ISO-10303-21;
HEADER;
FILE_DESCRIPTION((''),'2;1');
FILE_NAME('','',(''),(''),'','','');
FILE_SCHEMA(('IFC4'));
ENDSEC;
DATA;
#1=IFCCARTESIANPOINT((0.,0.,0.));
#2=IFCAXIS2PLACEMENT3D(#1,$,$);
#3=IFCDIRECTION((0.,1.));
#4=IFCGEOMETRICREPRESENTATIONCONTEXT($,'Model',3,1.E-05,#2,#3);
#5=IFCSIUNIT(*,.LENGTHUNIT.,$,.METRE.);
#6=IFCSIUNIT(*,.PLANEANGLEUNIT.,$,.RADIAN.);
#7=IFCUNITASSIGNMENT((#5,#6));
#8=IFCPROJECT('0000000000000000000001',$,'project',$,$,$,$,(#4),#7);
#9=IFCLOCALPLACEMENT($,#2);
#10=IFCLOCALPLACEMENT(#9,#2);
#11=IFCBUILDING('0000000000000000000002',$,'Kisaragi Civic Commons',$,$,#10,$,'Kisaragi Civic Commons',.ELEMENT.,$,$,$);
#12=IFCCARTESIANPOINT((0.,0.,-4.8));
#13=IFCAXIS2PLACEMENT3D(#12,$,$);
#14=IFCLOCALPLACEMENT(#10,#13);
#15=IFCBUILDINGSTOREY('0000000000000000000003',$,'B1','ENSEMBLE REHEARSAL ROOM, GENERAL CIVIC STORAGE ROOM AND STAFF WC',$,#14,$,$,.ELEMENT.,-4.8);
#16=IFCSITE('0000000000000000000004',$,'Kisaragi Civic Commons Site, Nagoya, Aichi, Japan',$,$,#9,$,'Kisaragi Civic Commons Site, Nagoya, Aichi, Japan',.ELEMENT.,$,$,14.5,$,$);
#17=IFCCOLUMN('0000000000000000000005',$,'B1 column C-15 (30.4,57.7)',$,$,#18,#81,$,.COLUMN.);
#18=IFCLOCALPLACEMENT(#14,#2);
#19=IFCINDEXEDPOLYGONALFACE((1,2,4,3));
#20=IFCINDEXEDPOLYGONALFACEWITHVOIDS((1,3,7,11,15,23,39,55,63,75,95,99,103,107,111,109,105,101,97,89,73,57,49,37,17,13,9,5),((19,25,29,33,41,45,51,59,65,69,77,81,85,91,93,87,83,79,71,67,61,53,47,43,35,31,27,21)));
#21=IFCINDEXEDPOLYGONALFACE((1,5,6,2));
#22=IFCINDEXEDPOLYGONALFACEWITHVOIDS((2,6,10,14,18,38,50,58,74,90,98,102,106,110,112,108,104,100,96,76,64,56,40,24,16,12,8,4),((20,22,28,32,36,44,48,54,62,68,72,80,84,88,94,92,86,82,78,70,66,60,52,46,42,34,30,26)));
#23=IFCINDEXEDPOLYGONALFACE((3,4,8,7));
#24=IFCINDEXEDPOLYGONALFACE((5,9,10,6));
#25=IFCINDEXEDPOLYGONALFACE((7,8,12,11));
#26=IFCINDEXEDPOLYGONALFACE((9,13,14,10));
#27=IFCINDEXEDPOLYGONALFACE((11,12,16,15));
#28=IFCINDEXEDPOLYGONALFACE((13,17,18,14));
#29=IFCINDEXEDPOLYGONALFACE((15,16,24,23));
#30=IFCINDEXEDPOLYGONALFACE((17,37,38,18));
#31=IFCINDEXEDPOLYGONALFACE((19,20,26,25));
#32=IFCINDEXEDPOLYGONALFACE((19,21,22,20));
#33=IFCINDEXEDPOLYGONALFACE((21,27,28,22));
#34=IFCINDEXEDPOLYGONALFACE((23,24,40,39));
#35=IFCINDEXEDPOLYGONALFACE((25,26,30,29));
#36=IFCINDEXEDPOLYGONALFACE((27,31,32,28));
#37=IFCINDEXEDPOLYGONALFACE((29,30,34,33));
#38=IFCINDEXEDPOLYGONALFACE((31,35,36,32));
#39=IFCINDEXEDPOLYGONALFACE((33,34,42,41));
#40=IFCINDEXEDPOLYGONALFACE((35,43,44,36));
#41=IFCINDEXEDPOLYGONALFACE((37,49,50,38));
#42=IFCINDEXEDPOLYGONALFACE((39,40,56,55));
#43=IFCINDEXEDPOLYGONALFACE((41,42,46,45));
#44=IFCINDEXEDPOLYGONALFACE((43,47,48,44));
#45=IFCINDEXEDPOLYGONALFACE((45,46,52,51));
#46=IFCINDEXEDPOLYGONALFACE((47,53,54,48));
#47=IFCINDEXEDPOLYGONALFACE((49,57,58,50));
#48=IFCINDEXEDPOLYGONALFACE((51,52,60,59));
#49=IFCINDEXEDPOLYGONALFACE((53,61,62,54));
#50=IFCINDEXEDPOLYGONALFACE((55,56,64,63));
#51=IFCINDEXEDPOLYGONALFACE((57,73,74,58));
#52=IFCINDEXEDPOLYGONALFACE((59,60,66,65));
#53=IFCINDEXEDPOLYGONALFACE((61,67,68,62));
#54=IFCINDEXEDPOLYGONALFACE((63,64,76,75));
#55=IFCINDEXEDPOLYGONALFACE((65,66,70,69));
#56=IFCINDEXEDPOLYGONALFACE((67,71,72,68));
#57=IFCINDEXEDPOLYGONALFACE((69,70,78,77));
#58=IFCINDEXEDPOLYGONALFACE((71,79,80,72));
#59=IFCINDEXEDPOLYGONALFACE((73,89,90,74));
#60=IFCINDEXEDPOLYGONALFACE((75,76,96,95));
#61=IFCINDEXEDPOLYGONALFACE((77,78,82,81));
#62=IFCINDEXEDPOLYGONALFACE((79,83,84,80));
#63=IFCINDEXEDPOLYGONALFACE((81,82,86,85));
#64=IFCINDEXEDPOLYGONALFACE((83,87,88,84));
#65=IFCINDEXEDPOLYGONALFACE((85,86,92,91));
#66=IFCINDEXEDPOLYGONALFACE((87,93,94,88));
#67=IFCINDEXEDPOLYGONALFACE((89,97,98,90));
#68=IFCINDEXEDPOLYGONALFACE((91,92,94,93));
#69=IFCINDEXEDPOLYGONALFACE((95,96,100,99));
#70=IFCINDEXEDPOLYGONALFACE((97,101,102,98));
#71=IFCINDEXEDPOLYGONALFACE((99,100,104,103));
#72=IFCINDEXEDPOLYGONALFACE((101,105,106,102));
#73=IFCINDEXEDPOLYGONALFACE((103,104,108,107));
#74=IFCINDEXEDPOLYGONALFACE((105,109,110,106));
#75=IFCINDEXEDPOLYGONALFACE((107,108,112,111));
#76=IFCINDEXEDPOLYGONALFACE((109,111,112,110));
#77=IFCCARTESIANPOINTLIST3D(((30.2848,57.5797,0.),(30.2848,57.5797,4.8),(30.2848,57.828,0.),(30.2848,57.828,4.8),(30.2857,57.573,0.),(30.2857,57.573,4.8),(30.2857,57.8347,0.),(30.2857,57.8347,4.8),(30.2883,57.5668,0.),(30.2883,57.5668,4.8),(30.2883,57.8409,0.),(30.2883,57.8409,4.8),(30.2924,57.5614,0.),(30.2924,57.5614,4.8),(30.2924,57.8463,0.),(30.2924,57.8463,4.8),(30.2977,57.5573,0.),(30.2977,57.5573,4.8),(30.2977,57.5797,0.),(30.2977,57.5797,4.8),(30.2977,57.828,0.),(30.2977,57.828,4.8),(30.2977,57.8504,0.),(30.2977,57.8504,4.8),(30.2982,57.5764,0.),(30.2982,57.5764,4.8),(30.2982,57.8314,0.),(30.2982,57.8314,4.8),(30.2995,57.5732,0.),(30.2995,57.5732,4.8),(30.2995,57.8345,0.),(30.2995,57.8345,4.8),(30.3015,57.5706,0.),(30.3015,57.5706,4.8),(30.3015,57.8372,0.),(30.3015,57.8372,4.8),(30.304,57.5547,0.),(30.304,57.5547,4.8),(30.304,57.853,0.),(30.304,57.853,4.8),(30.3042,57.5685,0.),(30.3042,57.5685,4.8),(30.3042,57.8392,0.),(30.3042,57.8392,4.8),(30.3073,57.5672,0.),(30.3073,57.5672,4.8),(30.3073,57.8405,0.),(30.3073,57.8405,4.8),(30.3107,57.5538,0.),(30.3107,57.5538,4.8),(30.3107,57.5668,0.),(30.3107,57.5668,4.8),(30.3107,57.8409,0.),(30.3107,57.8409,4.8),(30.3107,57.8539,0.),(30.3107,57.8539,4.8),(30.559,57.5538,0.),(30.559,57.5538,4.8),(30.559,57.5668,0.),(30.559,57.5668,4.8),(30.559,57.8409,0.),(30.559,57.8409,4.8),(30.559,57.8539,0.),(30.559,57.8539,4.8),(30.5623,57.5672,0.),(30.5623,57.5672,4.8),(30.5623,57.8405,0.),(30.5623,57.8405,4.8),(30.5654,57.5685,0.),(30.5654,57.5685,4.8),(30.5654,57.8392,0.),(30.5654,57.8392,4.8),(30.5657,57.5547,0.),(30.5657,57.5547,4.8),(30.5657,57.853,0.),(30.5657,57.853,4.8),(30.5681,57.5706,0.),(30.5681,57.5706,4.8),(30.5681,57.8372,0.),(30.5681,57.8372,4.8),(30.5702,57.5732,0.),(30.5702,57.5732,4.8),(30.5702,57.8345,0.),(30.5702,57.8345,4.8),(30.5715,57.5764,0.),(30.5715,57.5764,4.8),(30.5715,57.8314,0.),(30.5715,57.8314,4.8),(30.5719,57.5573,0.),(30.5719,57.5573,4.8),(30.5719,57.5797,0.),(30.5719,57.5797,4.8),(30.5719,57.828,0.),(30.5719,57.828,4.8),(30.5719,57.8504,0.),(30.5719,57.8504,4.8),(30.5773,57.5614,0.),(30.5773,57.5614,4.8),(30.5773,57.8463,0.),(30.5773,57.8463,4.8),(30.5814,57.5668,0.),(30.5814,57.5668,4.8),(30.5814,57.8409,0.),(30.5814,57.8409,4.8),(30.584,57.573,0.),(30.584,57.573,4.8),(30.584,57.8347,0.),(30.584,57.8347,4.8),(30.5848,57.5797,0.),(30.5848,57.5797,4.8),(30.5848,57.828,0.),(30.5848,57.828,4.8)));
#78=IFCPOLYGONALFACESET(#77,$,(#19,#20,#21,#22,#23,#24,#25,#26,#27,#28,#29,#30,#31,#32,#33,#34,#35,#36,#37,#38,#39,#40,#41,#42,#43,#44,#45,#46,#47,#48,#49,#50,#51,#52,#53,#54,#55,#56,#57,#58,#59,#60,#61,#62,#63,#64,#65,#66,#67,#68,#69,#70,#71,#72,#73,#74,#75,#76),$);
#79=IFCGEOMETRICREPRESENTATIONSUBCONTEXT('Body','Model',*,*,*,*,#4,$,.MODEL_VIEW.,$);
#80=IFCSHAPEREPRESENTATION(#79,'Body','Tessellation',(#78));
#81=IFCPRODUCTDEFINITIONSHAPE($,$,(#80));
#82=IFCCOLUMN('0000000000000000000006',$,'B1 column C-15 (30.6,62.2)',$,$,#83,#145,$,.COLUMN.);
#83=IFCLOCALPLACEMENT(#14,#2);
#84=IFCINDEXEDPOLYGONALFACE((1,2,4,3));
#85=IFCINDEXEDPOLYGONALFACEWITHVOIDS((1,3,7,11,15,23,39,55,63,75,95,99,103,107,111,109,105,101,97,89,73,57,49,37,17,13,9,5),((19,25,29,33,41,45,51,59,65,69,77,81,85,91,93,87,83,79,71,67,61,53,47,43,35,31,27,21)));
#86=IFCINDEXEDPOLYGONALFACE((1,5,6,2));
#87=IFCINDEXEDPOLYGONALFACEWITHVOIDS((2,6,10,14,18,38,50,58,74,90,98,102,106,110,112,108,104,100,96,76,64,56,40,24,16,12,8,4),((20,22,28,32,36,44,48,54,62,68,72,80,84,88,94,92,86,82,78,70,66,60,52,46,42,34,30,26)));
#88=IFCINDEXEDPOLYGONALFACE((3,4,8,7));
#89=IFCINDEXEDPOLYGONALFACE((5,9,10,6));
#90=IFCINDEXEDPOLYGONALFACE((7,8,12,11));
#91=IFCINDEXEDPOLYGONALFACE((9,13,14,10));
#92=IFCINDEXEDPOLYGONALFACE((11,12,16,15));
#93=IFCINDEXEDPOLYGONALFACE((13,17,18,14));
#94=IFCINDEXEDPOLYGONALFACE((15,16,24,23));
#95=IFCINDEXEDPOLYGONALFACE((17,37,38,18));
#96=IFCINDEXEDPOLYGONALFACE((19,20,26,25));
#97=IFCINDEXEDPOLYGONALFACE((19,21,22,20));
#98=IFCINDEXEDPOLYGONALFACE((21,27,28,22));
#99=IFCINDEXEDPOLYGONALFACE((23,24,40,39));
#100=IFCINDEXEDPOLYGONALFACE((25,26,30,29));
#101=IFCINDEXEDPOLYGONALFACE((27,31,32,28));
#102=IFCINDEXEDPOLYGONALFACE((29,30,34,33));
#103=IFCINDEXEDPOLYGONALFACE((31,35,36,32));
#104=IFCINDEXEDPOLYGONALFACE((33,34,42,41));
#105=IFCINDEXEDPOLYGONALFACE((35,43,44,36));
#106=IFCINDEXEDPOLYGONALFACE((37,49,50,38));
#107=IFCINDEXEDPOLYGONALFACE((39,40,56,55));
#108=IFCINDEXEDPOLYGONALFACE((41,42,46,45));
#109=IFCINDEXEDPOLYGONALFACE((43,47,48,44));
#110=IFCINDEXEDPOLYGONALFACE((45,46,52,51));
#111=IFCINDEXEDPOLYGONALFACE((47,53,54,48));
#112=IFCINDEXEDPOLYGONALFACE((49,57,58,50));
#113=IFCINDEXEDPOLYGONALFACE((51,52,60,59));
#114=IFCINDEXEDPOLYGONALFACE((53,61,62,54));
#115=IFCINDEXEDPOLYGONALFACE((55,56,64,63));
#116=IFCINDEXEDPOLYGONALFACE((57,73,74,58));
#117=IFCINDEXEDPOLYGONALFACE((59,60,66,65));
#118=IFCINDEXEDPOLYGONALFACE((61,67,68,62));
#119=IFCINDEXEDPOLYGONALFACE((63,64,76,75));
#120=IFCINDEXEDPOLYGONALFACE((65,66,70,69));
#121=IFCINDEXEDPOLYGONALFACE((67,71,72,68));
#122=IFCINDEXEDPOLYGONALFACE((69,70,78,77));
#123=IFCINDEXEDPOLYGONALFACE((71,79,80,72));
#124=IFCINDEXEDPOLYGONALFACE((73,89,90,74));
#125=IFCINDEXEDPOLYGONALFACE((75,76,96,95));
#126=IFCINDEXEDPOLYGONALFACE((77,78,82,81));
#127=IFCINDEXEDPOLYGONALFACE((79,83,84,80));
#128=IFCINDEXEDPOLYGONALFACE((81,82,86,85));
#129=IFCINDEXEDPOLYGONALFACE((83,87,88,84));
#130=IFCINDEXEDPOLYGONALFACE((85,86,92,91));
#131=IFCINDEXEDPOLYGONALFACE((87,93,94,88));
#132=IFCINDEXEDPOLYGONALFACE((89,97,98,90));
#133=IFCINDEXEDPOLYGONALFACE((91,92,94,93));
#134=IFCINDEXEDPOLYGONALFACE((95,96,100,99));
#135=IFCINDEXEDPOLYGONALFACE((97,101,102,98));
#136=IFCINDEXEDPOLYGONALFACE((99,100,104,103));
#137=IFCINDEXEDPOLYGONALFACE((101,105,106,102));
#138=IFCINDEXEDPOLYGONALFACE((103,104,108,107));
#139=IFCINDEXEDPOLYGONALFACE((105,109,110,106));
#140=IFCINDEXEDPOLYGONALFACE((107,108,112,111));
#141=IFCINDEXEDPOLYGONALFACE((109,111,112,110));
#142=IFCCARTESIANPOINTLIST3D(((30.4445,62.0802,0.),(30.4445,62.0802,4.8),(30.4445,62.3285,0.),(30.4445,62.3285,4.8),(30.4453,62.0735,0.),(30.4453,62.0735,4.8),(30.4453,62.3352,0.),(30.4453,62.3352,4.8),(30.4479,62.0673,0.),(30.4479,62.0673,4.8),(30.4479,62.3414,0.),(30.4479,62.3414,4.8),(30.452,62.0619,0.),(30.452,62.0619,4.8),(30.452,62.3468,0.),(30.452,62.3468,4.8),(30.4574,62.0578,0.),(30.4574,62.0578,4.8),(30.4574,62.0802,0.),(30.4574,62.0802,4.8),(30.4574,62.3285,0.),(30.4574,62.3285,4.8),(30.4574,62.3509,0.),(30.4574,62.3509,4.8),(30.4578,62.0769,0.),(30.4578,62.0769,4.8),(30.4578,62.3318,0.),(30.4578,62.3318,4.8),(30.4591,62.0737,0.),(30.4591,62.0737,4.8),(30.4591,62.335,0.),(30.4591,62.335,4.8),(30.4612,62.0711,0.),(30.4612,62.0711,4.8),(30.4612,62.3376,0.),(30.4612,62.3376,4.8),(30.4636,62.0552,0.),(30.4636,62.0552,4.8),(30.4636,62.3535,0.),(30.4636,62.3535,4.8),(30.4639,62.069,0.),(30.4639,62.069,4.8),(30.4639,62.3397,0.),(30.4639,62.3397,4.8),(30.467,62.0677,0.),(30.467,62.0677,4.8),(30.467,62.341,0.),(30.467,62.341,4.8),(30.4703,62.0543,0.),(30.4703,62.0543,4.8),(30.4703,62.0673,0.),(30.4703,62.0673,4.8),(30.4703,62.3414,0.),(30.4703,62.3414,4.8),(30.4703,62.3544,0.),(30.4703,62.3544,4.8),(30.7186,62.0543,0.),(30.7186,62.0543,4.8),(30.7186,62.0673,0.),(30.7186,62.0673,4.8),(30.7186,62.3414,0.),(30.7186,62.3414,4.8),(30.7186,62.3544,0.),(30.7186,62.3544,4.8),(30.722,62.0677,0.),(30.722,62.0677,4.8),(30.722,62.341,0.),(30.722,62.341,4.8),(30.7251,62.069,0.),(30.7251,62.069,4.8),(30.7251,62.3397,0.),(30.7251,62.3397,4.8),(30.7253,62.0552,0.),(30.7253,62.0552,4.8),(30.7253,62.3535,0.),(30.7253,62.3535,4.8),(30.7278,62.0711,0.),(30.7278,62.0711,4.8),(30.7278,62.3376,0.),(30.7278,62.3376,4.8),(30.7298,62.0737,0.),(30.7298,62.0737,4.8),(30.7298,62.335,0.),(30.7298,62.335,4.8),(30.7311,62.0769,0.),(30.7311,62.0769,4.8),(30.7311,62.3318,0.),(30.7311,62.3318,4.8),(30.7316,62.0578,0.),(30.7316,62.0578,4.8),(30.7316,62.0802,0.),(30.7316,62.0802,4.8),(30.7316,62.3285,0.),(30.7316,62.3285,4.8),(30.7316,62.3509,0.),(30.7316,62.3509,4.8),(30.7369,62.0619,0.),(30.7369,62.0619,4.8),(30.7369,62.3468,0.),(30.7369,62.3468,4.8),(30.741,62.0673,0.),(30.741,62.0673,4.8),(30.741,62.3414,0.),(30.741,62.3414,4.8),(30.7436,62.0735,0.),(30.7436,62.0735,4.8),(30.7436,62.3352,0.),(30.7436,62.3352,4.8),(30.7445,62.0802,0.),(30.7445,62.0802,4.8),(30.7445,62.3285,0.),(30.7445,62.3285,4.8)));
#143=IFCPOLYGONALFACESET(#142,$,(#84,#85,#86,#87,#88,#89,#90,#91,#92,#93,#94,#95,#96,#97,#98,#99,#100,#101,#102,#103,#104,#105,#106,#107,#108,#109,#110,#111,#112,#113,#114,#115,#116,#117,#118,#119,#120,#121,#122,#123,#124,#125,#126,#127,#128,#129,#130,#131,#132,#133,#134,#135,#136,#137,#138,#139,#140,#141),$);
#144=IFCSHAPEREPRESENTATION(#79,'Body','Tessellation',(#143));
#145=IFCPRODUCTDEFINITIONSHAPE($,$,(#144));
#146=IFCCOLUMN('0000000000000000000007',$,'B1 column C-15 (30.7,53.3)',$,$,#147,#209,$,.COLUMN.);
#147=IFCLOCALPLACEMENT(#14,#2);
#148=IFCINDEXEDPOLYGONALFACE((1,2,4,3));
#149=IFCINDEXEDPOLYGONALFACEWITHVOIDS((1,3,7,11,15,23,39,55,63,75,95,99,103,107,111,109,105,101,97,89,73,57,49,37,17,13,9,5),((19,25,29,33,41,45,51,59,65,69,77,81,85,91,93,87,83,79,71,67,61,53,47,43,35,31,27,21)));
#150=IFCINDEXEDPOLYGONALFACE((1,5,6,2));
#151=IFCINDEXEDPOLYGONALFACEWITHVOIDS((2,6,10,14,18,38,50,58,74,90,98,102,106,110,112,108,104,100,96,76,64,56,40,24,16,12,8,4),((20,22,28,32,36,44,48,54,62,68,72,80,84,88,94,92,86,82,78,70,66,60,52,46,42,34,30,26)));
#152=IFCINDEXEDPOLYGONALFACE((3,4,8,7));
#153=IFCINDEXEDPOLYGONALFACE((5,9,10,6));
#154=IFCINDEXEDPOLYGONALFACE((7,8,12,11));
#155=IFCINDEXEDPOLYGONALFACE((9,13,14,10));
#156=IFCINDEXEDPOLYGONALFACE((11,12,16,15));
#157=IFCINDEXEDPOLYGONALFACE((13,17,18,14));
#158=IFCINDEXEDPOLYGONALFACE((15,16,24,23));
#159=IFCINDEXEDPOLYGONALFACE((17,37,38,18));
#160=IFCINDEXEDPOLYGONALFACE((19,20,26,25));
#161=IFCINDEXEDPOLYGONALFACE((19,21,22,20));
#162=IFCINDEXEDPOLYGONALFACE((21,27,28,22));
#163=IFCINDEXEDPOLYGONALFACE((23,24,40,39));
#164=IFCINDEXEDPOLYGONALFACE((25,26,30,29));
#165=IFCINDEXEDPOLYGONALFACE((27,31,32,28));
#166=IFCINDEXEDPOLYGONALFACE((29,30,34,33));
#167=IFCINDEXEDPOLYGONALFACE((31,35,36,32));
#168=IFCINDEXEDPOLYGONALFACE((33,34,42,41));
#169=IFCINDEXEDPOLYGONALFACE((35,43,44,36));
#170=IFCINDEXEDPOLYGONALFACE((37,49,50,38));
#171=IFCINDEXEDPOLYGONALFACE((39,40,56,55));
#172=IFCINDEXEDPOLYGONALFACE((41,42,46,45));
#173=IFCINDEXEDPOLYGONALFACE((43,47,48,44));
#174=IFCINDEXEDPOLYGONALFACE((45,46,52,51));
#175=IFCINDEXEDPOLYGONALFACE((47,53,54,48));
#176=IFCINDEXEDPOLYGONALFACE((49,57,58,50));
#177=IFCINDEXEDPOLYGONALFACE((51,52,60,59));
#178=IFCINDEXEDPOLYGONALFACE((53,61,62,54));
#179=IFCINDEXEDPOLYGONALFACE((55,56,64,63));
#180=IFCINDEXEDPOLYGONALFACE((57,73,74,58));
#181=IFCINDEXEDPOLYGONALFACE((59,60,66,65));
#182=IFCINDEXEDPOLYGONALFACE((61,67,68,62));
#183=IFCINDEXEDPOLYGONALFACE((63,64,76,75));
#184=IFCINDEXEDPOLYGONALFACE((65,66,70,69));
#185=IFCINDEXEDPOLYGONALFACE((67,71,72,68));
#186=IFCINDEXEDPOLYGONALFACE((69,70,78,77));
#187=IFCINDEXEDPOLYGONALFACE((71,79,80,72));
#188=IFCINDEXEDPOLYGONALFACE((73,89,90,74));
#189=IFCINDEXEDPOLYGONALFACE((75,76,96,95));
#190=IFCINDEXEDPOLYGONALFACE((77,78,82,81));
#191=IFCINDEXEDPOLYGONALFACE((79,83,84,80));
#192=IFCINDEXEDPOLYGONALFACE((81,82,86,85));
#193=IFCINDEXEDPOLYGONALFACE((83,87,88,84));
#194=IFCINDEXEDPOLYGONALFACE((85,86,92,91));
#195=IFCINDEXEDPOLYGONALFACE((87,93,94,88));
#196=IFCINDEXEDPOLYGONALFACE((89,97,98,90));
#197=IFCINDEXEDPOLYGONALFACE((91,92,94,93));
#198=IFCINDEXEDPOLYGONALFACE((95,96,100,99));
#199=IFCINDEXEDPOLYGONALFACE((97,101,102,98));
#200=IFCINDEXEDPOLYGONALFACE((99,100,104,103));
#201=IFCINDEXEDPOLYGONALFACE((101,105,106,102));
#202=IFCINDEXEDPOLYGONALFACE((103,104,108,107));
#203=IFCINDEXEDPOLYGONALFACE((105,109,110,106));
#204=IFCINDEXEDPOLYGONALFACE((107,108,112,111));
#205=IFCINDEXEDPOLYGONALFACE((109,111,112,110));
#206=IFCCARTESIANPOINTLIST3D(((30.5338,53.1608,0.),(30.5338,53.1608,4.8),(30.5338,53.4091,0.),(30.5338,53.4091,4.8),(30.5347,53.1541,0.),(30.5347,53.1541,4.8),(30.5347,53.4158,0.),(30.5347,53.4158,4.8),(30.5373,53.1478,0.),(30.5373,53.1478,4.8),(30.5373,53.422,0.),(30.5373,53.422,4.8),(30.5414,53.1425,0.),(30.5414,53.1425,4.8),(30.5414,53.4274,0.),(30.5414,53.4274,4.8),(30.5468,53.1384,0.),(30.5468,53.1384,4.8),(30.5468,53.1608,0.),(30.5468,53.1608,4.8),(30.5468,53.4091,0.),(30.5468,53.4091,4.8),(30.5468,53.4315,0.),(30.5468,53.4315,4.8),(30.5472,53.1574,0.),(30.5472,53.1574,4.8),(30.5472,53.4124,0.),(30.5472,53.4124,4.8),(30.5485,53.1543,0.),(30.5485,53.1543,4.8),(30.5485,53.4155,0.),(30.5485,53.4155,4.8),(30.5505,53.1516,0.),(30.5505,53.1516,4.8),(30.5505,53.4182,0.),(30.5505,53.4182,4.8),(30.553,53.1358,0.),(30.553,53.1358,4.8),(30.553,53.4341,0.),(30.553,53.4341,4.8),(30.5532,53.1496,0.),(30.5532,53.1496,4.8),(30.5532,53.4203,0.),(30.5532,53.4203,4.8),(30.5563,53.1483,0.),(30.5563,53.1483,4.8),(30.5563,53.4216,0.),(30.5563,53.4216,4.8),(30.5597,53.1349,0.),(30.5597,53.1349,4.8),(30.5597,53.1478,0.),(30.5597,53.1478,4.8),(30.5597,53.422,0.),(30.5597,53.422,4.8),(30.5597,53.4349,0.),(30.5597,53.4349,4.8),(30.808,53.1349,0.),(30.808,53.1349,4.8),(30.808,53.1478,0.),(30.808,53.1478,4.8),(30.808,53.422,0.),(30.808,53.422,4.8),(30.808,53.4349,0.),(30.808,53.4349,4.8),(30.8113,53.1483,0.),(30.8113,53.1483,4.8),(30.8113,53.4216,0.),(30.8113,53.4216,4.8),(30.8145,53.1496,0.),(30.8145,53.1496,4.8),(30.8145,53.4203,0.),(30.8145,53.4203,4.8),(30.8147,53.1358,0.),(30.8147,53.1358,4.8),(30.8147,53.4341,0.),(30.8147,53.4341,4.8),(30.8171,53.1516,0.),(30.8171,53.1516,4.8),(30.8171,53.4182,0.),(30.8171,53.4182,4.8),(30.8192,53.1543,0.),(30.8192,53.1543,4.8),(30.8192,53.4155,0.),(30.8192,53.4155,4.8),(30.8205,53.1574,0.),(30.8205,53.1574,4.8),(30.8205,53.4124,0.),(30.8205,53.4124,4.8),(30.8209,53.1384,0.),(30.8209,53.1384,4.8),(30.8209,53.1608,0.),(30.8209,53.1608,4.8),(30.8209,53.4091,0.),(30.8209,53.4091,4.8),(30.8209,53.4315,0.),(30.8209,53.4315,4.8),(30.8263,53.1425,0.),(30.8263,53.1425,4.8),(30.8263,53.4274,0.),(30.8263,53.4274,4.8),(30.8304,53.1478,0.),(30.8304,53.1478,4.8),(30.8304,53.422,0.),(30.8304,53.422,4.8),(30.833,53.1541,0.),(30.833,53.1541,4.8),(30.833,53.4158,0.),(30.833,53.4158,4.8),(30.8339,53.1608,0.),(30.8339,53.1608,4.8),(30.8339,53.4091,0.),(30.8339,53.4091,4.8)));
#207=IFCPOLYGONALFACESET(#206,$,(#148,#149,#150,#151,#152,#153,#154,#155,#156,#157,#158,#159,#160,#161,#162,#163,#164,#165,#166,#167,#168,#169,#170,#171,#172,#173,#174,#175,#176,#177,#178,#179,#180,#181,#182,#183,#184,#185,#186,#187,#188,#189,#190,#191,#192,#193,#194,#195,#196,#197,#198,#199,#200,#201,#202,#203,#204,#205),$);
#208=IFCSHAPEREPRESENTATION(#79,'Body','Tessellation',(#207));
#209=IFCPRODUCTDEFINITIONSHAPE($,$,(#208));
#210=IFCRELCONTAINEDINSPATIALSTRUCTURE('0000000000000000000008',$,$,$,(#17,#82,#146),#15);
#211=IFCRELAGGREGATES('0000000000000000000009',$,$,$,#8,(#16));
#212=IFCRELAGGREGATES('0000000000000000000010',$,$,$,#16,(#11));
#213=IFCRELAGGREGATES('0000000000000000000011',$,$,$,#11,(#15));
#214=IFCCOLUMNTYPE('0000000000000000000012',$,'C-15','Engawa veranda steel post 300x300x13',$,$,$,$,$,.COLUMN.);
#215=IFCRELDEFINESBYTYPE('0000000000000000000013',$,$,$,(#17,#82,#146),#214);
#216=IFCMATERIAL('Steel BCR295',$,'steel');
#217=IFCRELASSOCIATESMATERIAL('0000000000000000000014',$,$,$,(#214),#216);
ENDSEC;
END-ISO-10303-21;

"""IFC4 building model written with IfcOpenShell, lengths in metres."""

from ifc_helpers import new_model, si_unit, direction, frame, origin, origin_2d, place, context, subcontext, project, spatial, hollow_rectangle, extrude, material, material_profile, profile_set, type_object, element, save


model = new_model("IFC4")

# Units and contexts
model_context = context("Model", 3, precision=1e-05, world=origin(), true_north=direction((0.0, 1.0)))
body_context = subcontext(model_context, "Body", "Model", "MODEL_VIEW")
ifc_project = project(units=[si_unit("LENGTHUNIT", "METRE"), si_unit("PLANEANGLEUNIT", "RADIAN")], contexts=[model_context])

# Site, building, storey
site_placement = place(None, origin())
site = spatial("IfcSite", under=ifc_project, at=site_placement, Name="Kisaragi Civic Commons Site, Nagoya, Aichi, Japan", LongName="Kisaragi Civic Commons Site, Nagoya, Aichi, Japan", CompositionType="ELEMENT", RefElevation=14.5)
building_placement = place(site_placement, origin())
building = spatial("IfcBuilding", under=site, at=building_placement, Name="Kisaragi Civic Commons", LongName="Kisaragi Civic Commons", CompositionType="ELEMENT")
storey_placement = place(building_placement, frame((0.0, 0.0, -4.8)))
storey = spatial("IfcBuildingStorey", under=building, at=storey_placement, Name="B1", Description="ENSEMBLE REHEARSAL ROOM, GENERAL CIVIC STORAGE ROOM AND STAFF WC", CompositionType="ELEMENT", Elevation=-4.8)

# Columns
ifc_material_1 = material(Name="Steel BCR295", Category="steel")
ifc_material_profile_1 = material_profile(ifc_material_1, hollow_rectangle(XDim=0.3, YDim=0.3, WallThickness=0.0129, InnerFilletRadius=0.0129, OuterFilletRadius=0.0259, at=origin_2d()), Name="BCR-300x300x13", Category="steel")
ifc_profile_set_1 = profile_set([ifc_material_profile_1], Name="Steel BCR295")
column_type_1 = type_object("IfcColumnType", Name="C-15", Description="Engawa veranda steel post 300x300x13", PredefinedType="COLUMN", material=ifc_profile_set_1)
for number, where, z_axis, x_axis, name in (
    (1, (30.4348, 57.7039, 0.0), (0.0, 0.0, 1.0), (1.0, 0.0, 0.0), "B1 column C-15 (30.4,57.7)"),
    (2, (30.5945, 62.2043, 0.0), (0.0, 0.0, 1.0), (1.0, 0.0, 0.0), "B1 column C-15 (30.6,62.2)"),
    (3, (30.6838, 53.2849, 0.0), (0.0, 0.0, 1.0), (1.0, 0.0, 0.0), "B1 column C-15 (30.7,53.3)"),
):
    element("IfcColumn", number, at=place(storey_placement, frame(where, z_axis=z_axis, x_axis=x_axis)), inside=storey, type_object=column_type_1, Name=name, PredefinedType="COLUMN", context=body_context, shape_type="SweptSolid", body=[
        extrude(hollow_rectangle(XDim=0.3, YDim=0.3, WallThickness=0.0129, InnerFilletRadius=0.0129, OuterFilletRadius=0.0259, at=origin_2d()), origin(), (0.0, 0.0, 1.0), 4.8),
    ])

save(model, "model.ifc")
